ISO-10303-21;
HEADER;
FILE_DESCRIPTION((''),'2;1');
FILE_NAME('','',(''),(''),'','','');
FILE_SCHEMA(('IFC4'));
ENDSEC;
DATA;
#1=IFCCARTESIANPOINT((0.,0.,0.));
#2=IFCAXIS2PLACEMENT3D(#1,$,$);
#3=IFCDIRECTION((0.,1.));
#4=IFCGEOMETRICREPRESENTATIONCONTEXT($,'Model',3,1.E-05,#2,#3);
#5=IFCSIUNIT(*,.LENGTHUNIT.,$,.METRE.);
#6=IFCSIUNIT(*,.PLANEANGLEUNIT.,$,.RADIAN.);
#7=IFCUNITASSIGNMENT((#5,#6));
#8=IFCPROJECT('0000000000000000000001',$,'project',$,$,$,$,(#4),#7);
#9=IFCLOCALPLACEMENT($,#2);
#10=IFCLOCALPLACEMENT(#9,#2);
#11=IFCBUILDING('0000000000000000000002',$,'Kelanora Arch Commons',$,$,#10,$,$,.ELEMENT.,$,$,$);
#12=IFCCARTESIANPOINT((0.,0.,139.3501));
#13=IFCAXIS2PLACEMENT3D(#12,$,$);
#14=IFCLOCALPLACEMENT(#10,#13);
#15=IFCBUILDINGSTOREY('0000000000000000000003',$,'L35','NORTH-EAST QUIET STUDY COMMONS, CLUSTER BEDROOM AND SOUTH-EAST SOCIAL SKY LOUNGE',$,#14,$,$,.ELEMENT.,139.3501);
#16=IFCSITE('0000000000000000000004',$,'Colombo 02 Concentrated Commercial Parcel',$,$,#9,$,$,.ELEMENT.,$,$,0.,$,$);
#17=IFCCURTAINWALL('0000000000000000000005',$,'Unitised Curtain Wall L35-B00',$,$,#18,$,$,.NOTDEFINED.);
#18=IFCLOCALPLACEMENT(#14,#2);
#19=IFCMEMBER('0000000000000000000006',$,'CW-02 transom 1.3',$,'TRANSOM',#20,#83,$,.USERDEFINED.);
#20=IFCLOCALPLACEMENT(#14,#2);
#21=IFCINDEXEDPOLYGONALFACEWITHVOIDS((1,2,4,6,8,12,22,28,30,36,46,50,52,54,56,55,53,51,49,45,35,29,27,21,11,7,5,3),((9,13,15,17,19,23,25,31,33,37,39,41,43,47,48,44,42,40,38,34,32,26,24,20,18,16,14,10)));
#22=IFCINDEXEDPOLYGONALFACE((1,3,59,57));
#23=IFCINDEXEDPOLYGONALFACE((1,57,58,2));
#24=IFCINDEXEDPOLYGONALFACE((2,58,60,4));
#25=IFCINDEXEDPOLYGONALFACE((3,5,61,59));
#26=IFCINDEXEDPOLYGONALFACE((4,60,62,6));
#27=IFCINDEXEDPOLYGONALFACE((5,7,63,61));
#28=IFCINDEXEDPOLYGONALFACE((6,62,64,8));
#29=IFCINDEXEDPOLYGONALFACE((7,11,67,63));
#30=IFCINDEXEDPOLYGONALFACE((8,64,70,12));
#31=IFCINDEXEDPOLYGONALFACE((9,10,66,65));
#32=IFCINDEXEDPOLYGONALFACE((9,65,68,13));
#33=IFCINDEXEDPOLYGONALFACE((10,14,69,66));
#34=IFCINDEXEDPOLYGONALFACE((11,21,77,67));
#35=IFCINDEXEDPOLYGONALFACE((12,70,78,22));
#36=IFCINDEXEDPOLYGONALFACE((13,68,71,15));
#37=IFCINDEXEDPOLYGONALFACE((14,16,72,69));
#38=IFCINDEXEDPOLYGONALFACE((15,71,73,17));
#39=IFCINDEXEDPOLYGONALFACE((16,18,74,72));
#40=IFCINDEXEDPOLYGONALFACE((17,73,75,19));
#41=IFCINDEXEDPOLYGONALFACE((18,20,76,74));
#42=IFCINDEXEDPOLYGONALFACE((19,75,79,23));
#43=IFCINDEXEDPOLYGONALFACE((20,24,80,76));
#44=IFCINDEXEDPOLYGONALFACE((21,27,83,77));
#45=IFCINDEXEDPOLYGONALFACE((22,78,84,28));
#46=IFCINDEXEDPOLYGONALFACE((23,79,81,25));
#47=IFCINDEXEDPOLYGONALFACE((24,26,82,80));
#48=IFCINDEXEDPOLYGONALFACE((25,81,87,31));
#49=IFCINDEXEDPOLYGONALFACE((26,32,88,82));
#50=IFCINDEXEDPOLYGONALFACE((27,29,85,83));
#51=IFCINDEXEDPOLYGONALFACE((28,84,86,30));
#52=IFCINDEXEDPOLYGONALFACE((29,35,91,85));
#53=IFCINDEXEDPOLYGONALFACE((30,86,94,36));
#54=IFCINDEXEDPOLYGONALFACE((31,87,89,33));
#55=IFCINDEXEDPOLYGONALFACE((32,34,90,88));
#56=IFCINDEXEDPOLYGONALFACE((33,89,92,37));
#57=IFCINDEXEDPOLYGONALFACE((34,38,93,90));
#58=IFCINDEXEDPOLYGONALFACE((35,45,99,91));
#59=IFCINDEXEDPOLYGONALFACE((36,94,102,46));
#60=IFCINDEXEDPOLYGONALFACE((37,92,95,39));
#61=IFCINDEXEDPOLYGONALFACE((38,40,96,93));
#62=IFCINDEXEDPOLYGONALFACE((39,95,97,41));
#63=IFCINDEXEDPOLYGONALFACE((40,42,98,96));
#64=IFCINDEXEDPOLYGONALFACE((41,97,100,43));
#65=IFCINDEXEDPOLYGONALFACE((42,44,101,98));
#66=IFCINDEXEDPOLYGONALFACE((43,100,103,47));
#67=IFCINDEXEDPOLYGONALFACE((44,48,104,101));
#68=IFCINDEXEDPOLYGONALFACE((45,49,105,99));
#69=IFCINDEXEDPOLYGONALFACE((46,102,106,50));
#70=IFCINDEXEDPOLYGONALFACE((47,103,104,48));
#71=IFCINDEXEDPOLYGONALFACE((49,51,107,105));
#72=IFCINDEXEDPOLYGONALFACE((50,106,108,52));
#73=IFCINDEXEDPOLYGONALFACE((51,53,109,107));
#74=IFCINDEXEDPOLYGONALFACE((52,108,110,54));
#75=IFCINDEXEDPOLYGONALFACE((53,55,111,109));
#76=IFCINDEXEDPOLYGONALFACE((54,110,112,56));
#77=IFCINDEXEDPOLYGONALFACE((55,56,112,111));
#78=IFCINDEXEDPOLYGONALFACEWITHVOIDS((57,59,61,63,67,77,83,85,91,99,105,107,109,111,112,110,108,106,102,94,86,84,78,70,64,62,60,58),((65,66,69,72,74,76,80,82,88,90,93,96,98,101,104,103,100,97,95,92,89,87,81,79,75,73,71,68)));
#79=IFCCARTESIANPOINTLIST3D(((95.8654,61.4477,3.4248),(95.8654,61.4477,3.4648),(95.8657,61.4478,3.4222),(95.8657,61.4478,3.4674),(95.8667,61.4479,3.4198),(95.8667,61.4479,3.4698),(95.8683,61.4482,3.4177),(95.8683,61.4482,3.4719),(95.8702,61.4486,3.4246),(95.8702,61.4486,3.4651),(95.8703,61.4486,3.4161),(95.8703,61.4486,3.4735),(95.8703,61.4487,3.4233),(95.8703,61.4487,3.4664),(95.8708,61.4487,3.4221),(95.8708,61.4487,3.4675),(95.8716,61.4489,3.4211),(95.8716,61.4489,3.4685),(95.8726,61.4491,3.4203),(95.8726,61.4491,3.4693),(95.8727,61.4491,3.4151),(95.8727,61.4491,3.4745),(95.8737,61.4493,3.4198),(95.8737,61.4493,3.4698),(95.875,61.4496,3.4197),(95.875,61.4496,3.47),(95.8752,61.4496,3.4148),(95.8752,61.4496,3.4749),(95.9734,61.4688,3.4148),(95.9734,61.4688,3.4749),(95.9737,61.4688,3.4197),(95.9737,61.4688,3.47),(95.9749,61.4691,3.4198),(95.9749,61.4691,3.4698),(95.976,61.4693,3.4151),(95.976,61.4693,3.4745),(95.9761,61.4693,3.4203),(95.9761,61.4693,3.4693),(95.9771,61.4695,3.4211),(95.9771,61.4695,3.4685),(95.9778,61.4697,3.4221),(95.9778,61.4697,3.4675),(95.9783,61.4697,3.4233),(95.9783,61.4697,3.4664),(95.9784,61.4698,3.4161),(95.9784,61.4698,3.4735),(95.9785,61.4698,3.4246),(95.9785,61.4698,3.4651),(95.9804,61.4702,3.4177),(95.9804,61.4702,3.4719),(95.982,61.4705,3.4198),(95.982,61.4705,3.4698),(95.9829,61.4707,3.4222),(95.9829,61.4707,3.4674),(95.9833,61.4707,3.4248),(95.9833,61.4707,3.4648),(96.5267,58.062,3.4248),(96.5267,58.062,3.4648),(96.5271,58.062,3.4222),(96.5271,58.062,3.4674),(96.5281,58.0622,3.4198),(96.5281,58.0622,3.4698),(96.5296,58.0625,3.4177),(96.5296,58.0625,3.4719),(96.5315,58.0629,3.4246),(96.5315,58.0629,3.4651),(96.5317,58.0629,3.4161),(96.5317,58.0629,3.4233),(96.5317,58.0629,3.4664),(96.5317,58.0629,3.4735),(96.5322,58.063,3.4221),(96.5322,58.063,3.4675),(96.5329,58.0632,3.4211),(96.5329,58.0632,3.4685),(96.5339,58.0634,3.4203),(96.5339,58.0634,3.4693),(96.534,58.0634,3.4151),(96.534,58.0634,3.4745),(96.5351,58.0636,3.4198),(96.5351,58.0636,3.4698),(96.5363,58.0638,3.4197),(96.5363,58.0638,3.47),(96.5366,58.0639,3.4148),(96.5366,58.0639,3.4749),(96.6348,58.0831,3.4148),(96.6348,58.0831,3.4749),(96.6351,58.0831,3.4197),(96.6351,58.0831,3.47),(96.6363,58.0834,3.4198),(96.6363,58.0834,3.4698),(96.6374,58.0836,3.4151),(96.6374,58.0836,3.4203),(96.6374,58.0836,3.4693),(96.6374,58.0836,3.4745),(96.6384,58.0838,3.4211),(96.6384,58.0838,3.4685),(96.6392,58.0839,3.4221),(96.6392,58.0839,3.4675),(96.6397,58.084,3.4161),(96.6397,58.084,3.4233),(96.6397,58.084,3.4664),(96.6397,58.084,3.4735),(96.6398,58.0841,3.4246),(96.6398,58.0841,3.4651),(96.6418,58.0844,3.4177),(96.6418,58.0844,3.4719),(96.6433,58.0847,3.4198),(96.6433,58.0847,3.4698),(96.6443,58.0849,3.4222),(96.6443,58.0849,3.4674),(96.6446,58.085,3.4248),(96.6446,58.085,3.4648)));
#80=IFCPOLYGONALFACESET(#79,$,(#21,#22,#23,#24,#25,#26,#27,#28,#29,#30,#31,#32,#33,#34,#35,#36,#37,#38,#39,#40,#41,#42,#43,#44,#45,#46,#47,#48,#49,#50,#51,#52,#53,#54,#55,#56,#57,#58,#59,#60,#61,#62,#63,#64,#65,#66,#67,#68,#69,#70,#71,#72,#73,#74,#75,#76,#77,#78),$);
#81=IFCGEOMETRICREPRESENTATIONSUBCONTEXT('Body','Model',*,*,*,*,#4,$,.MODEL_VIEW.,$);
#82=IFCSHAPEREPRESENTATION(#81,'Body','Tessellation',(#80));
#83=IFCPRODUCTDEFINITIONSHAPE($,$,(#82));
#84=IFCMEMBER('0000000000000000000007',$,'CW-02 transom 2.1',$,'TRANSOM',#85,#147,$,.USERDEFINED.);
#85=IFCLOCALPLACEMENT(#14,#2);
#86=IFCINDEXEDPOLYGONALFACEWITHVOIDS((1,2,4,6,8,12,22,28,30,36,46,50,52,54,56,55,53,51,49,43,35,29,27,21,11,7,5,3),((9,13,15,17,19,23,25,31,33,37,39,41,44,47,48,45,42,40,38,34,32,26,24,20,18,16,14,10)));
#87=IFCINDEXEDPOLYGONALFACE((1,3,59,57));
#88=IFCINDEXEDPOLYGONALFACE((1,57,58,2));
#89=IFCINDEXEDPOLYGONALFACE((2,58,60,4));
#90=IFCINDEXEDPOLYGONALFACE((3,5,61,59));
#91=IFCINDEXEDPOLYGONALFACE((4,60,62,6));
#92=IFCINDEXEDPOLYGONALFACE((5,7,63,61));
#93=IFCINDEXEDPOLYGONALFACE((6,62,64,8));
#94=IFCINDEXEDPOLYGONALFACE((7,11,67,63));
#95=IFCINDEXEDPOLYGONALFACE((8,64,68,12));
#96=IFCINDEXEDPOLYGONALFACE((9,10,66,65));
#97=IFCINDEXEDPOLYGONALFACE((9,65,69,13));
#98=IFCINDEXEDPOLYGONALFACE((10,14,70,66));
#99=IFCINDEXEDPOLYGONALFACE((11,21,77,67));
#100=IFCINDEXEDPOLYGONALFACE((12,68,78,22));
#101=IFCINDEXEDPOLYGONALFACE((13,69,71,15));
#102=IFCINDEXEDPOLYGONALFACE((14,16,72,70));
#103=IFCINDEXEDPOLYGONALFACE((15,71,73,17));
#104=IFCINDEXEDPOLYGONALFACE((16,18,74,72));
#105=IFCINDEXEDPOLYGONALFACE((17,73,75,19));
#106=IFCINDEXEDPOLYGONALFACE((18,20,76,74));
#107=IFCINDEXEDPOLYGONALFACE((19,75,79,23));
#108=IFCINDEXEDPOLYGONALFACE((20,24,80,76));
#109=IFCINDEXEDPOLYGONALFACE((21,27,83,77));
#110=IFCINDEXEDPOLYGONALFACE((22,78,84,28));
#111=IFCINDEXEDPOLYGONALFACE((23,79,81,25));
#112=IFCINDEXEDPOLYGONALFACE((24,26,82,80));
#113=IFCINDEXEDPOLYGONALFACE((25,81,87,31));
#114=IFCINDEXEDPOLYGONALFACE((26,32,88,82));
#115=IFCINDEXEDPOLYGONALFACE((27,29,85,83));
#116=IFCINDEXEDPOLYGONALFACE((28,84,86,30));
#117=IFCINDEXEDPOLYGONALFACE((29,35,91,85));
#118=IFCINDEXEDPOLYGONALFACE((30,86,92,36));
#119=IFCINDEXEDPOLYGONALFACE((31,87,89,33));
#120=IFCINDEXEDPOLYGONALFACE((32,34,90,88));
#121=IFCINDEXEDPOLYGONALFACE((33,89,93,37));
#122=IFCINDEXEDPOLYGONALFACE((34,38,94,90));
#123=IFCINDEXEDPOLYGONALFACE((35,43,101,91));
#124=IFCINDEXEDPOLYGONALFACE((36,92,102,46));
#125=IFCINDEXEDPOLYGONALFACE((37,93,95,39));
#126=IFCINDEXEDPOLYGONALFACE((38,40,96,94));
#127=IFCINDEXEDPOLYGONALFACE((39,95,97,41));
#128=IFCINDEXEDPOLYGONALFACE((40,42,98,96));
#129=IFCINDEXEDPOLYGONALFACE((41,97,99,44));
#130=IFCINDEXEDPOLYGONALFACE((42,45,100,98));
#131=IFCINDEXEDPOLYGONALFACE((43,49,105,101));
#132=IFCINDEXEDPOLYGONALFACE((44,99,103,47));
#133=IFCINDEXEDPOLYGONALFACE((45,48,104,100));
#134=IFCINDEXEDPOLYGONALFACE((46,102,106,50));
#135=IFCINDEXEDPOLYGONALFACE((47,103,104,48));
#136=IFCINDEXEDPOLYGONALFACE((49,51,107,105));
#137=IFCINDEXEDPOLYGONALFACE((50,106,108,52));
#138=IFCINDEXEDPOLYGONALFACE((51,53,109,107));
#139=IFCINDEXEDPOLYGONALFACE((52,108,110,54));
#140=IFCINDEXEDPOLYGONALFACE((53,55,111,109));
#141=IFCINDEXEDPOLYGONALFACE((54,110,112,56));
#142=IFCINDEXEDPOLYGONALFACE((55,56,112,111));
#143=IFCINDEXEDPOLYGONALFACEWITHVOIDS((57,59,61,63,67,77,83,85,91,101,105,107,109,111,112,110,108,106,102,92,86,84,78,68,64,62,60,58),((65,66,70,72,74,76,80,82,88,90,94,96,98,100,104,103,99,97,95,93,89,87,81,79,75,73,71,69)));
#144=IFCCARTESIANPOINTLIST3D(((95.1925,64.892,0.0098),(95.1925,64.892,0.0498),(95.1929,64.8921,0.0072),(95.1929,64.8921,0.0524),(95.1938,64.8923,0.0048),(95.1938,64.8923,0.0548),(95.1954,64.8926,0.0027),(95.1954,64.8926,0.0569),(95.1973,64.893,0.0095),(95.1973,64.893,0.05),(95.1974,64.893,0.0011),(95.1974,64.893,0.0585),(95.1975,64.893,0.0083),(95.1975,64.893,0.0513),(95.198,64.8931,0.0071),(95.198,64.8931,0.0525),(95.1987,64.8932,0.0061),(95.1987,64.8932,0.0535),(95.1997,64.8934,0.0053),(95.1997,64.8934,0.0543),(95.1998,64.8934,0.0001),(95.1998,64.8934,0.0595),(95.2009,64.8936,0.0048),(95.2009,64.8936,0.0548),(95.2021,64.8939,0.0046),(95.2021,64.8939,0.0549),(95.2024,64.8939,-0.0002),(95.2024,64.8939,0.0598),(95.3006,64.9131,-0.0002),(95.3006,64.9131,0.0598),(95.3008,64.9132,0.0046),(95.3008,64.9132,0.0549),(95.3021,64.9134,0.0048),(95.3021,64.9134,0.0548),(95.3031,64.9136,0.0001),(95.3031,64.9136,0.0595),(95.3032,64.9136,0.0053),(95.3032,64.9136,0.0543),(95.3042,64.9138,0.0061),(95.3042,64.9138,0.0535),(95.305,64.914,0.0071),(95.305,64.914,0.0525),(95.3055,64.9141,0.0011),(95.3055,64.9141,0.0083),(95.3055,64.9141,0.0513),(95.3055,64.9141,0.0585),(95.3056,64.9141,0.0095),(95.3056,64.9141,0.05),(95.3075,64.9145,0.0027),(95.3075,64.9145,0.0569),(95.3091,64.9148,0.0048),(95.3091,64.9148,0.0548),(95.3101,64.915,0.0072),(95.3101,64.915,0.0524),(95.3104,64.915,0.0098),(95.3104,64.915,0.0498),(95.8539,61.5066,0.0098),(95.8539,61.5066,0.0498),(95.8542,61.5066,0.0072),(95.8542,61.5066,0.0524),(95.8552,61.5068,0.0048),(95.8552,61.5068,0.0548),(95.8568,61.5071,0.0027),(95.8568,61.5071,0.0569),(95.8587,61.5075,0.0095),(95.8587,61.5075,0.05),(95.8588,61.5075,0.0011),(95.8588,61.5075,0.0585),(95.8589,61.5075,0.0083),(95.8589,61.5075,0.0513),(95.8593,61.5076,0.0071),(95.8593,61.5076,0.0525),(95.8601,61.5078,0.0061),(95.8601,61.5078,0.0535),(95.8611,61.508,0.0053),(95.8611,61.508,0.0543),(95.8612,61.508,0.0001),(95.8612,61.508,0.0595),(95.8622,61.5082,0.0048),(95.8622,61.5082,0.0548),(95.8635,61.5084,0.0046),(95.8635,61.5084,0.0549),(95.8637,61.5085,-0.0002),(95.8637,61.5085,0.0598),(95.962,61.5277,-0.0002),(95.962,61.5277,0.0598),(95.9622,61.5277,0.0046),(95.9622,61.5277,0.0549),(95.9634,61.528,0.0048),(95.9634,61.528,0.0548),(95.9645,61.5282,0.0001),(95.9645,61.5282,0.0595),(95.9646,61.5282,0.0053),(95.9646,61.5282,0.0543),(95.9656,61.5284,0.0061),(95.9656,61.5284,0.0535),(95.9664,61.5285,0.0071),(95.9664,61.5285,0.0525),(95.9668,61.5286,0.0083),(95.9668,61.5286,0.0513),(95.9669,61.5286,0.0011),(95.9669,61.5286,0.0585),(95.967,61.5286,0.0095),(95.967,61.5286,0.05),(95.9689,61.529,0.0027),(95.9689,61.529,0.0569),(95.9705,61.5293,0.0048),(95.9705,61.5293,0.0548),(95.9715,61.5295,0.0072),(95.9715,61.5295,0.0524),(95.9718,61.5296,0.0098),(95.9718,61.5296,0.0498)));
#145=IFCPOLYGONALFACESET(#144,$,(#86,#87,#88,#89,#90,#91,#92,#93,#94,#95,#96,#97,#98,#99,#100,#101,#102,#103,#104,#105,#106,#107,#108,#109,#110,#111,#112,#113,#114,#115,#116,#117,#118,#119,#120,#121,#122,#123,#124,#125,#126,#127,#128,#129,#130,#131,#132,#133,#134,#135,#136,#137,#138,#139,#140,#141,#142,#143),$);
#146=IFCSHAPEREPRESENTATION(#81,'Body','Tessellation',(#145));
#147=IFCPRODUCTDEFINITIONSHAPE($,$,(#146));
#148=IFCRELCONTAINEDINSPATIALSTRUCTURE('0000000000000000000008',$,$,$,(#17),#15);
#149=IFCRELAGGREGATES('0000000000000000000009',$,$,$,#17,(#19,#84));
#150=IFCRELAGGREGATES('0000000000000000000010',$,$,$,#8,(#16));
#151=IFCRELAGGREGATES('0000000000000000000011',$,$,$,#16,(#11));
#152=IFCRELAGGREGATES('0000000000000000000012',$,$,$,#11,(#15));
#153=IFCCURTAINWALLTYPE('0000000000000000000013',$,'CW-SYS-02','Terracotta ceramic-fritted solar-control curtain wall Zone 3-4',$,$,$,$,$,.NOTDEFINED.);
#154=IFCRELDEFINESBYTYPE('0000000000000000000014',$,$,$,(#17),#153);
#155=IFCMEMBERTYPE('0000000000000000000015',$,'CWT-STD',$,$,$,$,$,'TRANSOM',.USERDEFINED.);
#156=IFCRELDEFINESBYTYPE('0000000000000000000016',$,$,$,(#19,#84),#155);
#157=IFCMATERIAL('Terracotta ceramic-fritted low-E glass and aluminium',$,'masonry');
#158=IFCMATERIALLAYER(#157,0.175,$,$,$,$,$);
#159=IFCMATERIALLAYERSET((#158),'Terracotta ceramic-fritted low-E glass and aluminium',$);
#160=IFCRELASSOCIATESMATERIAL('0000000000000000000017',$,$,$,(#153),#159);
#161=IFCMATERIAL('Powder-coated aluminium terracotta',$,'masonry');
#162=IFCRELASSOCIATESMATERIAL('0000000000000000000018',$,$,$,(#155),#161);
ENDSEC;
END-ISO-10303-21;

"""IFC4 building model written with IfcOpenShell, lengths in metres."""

from ifc_helpers import new_model, si_unit, direction, frame, origin, origin_2d, place, context, subcontext, project, spatial, hollow_rectangle, extrude, material, layer, layer_set, material_profile, profile_set, type_object, element, aggregate, save


model = new_model("IFC4")

# Units and contexts
model_context = context("Model", 3, precision=1e-05, world=origin(), true_north=direction((0.0, 1.0)))
body_context = subcontext(model_context, "Body", "Model", "MODEL_VIEW")
ifc_project = project(units=[si_unit("LENGTHUNIT", "METRE"), si_unit("PLANEANGLEUNIT", "RADIAN")], contexts=[model_context])

# Site, building, storey
site_placement = place(None, origin())
site = spatial("IfcSite", under=ifc_project, at=site_placement, Name="Colombo 02 Concentrated Commercial Parcel", CompositionType="ELEMENT", RefElevation=0.0)
building_placement = place(site_placement, origin())
building = spatial("IfcBuilding", under=site, at=building_placement, Name="Kelanora Arch Commons", CompositionType="ELEMENT")
storey_placement = place(building_placement, frame((0.0, 0.0, 139.3501)))
storey = spatial("IfcBuildingStorey", under=building, at=storey_placement, Name="L35", Description="NORTH-EAST QUIET STUDY COMMONS, CLUSTER BEDROOM AND SOUTH-EAST SOCIAL SKY LOUNGE", CompositionType="ELEMENT", Elevation=139.3501)

# Curtain wall, members
ifc_material_1 = material(Name="Terracotta ceramic-fritted low-E glass and aluminium", Category="masonry")
ifc_layer_1 = layer(ifc_material_1, 0.175)
ifc_layer_set_1 = layer_set([ifc_layer_1], Name="Terracotta ceramic-fritted low-E glass and aluminium")
curtain_wall_type = type_object("IfcCurtainWallType", Name="CW-SYS-02", Description="Terracotta ceramic-fritted solar-control curtain wall Zone 3-4", PredefinedType="NOTDEFINED", material=ifc_layer_set_1)
curtain_wall_placement = place(storey_placement, origin())
curtain_wall = element("IfcCurtainWall", 1, at=curtain_wall_placement, inside=storey, type_object=curtain_wall_type, Name="Unitised Curtain Wall L35-B00", PredefinedType="NOTDEFINED")
ifc_material_2 = material(Name="Powder-coated aluminium terracotta", Category="masonry")
ifc_material_profile_1 = material_profile(ifc_material_2, hollow_rectangle(XDim=0.1201, YDim=0.0601, WallThickness=0.0049, InnerFilletRadius=0.0049, OuterFilletRadius=0.01, at=origin_2d()), Name="CWT120x60")
ifc_profile_set_1 = profile_set([ifc_material_profile_1], Name="Powder-coated aluminium terracotta")
member_type_1 = type_object("IfcMemberType", Name="CWT-STD", ElementType="TRANSOM", PredefinedType="USERDEFINED", material=ifc_profile_set_1)
member_1_placement = place(storey_placement, frame((96.5857, 58.0735, 3.4448), z_axis=(-0.191718, 0.98145, 0.0), x_axis=(-0.98145, -0.191718, 0.0)))
member_1 = element("IfcMember", 2, at=member_1_placement, type_object=member_type_1, Name="CW-02 transom 1.3", ObjectType="TRANSOM", PredefinedType="USERDEFINED", context=body_context, shape_type="SweptSolid", body=[
    extrude(hollow_rectangle(XDim=0.1201, YDim=0.0601, WallThickness=0.0049, InnerFilletRadius=0.0049, OuterFilletRadius=0.01, at=origin_2d()), origin(), (0.0, 0.0, 1.0), 3.4497),
])
member_2_placement = place(storey_placement, frame((95.9128, 61.5181, 0.0298), z_axis=(-0.191732, 0.981447, 0.0), x_axis=(-0.981447, -0.191732, 0.0)))
member_2 = element("IfcMember", 3, at=member_2_placement, type_object=member_type_1, Name="CW-02 transom 2.1", ObjectType="TRANSOM", PredefinedType="USERDEFINED", context=body_context, shape_type="SweptSolid", body=[
    extrude(hollow_rectangle(XDim=0.1201, YDim=0.0601, WallThickness=0.0049, InnerFilletRadius=0.0049, OuterFilletRadius=0.01, at=origin_2d()), origin(), (0.0, 0.0, 1.0), 3.4495),
])
aggregate(curtain_wall, [member_1, member_2])

save(model, "model.ifc")
